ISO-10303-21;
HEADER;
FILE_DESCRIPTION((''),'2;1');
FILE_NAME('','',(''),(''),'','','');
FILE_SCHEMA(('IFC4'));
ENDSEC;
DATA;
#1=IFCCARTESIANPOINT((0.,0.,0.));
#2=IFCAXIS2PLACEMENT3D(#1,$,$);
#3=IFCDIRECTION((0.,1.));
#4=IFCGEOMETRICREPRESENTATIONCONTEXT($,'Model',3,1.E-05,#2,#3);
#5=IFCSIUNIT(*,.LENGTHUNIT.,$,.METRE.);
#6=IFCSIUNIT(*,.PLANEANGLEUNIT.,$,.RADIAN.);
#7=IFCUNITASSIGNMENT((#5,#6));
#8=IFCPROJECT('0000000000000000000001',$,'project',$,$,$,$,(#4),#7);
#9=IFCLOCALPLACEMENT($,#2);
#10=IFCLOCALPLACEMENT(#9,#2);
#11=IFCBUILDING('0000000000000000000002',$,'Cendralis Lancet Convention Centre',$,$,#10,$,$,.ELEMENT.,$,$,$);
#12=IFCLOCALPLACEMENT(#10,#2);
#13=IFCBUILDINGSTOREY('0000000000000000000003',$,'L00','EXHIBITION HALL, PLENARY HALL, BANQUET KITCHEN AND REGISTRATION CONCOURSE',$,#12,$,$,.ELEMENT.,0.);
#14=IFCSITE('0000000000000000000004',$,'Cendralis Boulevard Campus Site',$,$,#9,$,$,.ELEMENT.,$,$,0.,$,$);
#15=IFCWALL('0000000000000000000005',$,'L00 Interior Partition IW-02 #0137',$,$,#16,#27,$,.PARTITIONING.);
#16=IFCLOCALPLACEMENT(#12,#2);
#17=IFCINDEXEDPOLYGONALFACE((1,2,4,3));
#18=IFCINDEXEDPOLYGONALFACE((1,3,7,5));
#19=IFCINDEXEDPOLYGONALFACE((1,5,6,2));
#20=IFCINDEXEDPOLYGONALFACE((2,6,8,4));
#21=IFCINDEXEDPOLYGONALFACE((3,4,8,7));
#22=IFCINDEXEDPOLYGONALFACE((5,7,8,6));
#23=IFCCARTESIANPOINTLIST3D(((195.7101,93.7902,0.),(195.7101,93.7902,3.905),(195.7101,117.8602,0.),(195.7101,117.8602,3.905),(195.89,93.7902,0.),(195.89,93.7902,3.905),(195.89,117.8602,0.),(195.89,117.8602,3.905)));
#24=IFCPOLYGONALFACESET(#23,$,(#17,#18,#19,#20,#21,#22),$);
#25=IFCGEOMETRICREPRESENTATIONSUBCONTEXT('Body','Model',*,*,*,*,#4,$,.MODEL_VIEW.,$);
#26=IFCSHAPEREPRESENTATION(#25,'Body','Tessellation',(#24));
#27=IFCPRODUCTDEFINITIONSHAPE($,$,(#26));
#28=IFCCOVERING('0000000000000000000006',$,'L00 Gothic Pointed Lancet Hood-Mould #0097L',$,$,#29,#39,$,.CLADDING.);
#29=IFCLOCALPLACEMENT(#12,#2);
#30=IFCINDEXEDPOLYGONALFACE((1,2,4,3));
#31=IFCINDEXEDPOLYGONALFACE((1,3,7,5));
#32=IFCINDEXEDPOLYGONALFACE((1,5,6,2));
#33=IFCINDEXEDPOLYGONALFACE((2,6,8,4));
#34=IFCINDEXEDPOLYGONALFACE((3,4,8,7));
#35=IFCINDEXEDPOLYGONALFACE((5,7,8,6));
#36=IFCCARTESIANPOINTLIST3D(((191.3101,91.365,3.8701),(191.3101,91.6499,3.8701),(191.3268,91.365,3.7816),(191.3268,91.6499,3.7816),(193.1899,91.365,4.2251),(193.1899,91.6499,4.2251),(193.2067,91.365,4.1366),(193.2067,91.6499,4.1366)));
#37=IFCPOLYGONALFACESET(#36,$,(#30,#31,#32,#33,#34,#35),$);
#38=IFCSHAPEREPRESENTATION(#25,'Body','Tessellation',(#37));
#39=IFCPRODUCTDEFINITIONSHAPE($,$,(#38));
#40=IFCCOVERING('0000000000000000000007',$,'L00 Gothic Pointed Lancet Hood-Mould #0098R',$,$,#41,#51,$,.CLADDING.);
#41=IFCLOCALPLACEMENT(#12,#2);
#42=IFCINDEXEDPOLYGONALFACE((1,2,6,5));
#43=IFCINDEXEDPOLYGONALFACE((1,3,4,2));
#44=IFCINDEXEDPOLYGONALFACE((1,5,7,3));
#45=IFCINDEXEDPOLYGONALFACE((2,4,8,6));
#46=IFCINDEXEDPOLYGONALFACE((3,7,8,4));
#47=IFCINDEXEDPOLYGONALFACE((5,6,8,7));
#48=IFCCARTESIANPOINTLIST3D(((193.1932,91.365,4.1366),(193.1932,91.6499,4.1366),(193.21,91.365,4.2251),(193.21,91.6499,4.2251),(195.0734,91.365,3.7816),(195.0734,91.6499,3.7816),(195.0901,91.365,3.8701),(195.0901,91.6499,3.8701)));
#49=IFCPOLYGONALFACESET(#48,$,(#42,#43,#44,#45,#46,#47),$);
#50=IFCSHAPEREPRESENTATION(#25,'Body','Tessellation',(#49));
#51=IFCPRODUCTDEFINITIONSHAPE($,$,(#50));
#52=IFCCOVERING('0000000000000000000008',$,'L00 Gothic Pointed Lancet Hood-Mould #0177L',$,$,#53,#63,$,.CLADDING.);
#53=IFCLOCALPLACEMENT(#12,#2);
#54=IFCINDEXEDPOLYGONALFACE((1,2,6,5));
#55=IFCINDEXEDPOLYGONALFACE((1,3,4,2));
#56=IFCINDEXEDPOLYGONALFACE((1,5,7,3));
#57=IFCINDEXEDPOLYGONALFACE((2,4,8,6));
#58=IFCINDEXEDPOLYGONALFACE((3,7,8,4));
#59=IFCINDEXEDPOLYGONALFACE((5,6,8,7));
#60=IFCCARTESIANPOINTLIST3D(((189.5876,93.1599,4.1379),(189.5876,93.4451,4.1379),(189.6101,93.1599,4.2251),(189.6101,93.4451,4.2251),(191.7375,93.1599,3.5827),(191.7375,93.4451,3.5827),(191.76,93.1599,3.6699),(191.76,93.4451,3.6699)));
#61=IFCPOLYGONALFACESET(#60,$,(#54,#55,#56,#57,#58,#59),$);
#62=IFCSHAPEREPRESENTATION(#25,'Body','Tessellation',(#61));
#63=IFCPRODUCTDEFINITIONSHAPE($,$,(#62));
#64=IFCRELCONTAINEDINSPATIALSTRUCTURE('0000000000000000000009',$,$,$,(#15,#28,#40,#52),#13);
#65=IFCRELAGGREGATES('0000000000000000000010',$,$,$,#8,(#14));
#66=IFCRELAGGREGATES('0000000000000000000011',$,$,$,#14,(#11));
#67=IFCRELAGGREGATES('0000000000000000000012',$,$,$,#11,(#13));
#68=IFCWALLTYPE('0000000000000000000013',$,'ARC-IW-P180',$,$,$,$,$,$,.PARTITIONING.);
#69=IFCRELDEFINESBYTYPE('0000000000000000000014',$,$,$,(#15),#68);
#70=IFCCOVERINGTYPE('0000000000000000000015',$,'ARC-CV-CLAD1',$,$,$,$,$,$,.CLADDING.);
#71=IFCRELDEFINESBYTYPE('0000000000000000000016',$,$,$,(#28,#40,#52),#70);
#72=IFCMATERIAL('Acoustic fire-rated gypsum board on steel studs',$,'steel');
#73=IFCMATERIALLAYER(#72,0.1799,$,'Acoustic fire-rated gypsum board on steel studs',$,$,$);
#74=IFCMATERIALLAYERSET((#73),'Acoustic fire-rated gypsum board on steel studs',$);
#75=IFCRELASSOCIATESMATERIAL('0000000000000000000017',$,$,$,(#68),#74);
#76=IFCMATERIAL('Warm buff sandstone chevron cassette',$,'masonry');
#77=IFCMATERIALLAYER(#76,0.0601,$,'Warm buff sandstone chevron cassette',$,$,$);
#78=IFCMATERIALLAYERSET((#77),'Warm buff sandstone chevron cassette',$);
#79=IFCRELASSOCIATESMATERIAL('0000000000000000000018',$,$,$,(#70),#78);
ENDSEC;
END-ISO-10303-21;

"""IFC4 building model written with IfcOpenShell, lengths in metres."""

from ifc_helpers import new_model, si_unit, direction, frame, frame_2d, origin, place, context, subcontext, project, spatial, polyline, rectangle, outline, extrude, material, layer, layer_set, type_object, element, save


model = new_model("IFC4")

# Units and contexts
model_context = context("Model", 3, precision=1e-05, world=origin(), true_north=direction((0.0, 1.0)))
body_context = subcontext(model_context, "Body", "Model", "MODEL_VIEW")
ifc_project = project(units=[si_unit("LENGTHUNIT", "METRE"), si_unit("PLANEANGLEUNIT", "RADIAN")], contexts=[model_context])

# Site, building, storey
site_placement = place(None, origin())
site = spatial("IfcSite", under=ifc_project, at=site_placement, Name="Cendralis Boulevard Campus Site", CompositionType="ELEMENT", RefElevation=0.0)
building_placement = place(site_placement, origin())
building = spatial("IfcBuilding", under=site, at=building_placement, Name="Cendralis Lancet Convention Centre", CompositionType="ELEMENT")
storey_placement = place(building_placement, origin())
storey = spatial("IfcBuildingStorey", under=building, at=storey_placement, Name="L00", Description="EXHIBITION HALL, PLENARY HALL, BANQUET KITCHEN AND REGISTRATION CONCOURSE", CompositionType="ELEMENT", Elevation=0.0)

# Wall
ifc_material_1 = material(Name="Acoustic fire-rated gypsum board on steel studs", Category="steel")
ifc_layer_1 = layer(ifc_material_1, 0.1799, Name="Acoustic fire-rated gypsum board on steel studs")
ifc_layer_set_1 = layer_set([ifc_layer_1], Name="Acoustic fire-rated gypsum board on steel studs")
wall_type_1 = type_object("IfcWallType", Name="ARC-IW-P180", PredefinedType="PARTITIONING", material=ifc_layer_set_1)
wall_1_placement = place(storey_placement, frame((195.8, 93.79, 0.0), z_axis=(0.0, 0.0, 1.0), x_axis=(0.0, 1.0, 0.0)))
element("IfcWall", 1, at=wall_1_placement, inside=storey, type_object=wall_type_1, Name="L00 Interior Partition IW-02 #0137", PredefinedType="PARTITIONING", context=body_context, shape_type="SweptSolid", body=[
    extrude(rectangle(XDim=24.0701, YDim=0.1799, at=frame_2d((12.0352, 0.0))), origin(), (0.0, 0.0, 1.0), 3.905),
])

# Coverings
ifc_material_2 = material(Name="Warm buff sandstone chevron cassette", Category="masonry")
ifc_layer_2 = layer(ifc_material_2, 0.0601, Name="Warm buff sandstone chevron cassette")
ifc_layer_set_2 = layer_set([ifc_layer_2], Name="Warm buff sandstone chevron cassette")
covering_type = type_object("IfcCoveringType", Name="ARC-CV-CLAD1", PredefinedType="CLADDING", material=ifc_layer_set_2)
covering_1_placement = place(storey_placement, frame((191.3101, 91.6499, 3.8701), z_axis=(-0.185552, 0.0, 0.982634), x_axis=(0.0, -1.0, 0.0)))
element("IfcCovering", 2, at=covering_1_placement, inside=storey, type_object=covering_type, Name="L00 Gothic Pointed Lancet Hood-Mould #0097L", PredefinedType="CLADDING", context=body_context, shape_type="SweptSolid", body=[
    extrude(outline(polyline([(0.0, 0.0), (0.2849, 0.0), (0.2849, 1.9131), (0.0, 1.9131), (0.0, 0.0)])), origin(), (0.0, 0.0, -1.0), 0.0901),
])
covering_2_placement = place(storey_placement, frame((193.21, 91.6499, 4.2251), z_axis=(0.185529, 0.0, 0.982639), x_axis=(0.0, -1.0, 0.0)))
element("IfcCovering", 3, at=covering_2_placement, inside=storey, type_object=covering_type, Name="L00 Gothic Pointed Lancet Hood-Mould #0098R", PredefinedType="CLADDING", context=body_context, shape_type="SweptSolid", body=[
    extrude(outline(polyline([(0.0, 0.0), (0.2849, 0.0), (0.2849, 1.9133), (0.0, 1.9133), (0.0, 0.0)])), origin(), (0.0, 0.0, -1.0), 0.0901),
])
covering_3_placement = place(storey_placement, frame((191.76, 93.1599, 3.6699), z_axis=(0.250031, 0.0, 0.968238), x_axis=(0.0, 1.0, 0.0)))
element("IfcCovering", 4, at=covering_3_placement, inside=storey, type_object=covering_type, Name="L00 Gothic Pointed Lancet Hood-Mould #0177L", PredefinedType="CLADDING", context=body_context, shape_type="SweptSolid", body=[
    extrude(outline(polyline([(0.0, 0.0), (0.2852, 0.0), (0.2852, 2.2204), (0.0, 2.2204), (0.0, 0.0)])), origin(), (0.0, 0.0, -1.0), 0.0901),
])

save(model, "model.ifc")
